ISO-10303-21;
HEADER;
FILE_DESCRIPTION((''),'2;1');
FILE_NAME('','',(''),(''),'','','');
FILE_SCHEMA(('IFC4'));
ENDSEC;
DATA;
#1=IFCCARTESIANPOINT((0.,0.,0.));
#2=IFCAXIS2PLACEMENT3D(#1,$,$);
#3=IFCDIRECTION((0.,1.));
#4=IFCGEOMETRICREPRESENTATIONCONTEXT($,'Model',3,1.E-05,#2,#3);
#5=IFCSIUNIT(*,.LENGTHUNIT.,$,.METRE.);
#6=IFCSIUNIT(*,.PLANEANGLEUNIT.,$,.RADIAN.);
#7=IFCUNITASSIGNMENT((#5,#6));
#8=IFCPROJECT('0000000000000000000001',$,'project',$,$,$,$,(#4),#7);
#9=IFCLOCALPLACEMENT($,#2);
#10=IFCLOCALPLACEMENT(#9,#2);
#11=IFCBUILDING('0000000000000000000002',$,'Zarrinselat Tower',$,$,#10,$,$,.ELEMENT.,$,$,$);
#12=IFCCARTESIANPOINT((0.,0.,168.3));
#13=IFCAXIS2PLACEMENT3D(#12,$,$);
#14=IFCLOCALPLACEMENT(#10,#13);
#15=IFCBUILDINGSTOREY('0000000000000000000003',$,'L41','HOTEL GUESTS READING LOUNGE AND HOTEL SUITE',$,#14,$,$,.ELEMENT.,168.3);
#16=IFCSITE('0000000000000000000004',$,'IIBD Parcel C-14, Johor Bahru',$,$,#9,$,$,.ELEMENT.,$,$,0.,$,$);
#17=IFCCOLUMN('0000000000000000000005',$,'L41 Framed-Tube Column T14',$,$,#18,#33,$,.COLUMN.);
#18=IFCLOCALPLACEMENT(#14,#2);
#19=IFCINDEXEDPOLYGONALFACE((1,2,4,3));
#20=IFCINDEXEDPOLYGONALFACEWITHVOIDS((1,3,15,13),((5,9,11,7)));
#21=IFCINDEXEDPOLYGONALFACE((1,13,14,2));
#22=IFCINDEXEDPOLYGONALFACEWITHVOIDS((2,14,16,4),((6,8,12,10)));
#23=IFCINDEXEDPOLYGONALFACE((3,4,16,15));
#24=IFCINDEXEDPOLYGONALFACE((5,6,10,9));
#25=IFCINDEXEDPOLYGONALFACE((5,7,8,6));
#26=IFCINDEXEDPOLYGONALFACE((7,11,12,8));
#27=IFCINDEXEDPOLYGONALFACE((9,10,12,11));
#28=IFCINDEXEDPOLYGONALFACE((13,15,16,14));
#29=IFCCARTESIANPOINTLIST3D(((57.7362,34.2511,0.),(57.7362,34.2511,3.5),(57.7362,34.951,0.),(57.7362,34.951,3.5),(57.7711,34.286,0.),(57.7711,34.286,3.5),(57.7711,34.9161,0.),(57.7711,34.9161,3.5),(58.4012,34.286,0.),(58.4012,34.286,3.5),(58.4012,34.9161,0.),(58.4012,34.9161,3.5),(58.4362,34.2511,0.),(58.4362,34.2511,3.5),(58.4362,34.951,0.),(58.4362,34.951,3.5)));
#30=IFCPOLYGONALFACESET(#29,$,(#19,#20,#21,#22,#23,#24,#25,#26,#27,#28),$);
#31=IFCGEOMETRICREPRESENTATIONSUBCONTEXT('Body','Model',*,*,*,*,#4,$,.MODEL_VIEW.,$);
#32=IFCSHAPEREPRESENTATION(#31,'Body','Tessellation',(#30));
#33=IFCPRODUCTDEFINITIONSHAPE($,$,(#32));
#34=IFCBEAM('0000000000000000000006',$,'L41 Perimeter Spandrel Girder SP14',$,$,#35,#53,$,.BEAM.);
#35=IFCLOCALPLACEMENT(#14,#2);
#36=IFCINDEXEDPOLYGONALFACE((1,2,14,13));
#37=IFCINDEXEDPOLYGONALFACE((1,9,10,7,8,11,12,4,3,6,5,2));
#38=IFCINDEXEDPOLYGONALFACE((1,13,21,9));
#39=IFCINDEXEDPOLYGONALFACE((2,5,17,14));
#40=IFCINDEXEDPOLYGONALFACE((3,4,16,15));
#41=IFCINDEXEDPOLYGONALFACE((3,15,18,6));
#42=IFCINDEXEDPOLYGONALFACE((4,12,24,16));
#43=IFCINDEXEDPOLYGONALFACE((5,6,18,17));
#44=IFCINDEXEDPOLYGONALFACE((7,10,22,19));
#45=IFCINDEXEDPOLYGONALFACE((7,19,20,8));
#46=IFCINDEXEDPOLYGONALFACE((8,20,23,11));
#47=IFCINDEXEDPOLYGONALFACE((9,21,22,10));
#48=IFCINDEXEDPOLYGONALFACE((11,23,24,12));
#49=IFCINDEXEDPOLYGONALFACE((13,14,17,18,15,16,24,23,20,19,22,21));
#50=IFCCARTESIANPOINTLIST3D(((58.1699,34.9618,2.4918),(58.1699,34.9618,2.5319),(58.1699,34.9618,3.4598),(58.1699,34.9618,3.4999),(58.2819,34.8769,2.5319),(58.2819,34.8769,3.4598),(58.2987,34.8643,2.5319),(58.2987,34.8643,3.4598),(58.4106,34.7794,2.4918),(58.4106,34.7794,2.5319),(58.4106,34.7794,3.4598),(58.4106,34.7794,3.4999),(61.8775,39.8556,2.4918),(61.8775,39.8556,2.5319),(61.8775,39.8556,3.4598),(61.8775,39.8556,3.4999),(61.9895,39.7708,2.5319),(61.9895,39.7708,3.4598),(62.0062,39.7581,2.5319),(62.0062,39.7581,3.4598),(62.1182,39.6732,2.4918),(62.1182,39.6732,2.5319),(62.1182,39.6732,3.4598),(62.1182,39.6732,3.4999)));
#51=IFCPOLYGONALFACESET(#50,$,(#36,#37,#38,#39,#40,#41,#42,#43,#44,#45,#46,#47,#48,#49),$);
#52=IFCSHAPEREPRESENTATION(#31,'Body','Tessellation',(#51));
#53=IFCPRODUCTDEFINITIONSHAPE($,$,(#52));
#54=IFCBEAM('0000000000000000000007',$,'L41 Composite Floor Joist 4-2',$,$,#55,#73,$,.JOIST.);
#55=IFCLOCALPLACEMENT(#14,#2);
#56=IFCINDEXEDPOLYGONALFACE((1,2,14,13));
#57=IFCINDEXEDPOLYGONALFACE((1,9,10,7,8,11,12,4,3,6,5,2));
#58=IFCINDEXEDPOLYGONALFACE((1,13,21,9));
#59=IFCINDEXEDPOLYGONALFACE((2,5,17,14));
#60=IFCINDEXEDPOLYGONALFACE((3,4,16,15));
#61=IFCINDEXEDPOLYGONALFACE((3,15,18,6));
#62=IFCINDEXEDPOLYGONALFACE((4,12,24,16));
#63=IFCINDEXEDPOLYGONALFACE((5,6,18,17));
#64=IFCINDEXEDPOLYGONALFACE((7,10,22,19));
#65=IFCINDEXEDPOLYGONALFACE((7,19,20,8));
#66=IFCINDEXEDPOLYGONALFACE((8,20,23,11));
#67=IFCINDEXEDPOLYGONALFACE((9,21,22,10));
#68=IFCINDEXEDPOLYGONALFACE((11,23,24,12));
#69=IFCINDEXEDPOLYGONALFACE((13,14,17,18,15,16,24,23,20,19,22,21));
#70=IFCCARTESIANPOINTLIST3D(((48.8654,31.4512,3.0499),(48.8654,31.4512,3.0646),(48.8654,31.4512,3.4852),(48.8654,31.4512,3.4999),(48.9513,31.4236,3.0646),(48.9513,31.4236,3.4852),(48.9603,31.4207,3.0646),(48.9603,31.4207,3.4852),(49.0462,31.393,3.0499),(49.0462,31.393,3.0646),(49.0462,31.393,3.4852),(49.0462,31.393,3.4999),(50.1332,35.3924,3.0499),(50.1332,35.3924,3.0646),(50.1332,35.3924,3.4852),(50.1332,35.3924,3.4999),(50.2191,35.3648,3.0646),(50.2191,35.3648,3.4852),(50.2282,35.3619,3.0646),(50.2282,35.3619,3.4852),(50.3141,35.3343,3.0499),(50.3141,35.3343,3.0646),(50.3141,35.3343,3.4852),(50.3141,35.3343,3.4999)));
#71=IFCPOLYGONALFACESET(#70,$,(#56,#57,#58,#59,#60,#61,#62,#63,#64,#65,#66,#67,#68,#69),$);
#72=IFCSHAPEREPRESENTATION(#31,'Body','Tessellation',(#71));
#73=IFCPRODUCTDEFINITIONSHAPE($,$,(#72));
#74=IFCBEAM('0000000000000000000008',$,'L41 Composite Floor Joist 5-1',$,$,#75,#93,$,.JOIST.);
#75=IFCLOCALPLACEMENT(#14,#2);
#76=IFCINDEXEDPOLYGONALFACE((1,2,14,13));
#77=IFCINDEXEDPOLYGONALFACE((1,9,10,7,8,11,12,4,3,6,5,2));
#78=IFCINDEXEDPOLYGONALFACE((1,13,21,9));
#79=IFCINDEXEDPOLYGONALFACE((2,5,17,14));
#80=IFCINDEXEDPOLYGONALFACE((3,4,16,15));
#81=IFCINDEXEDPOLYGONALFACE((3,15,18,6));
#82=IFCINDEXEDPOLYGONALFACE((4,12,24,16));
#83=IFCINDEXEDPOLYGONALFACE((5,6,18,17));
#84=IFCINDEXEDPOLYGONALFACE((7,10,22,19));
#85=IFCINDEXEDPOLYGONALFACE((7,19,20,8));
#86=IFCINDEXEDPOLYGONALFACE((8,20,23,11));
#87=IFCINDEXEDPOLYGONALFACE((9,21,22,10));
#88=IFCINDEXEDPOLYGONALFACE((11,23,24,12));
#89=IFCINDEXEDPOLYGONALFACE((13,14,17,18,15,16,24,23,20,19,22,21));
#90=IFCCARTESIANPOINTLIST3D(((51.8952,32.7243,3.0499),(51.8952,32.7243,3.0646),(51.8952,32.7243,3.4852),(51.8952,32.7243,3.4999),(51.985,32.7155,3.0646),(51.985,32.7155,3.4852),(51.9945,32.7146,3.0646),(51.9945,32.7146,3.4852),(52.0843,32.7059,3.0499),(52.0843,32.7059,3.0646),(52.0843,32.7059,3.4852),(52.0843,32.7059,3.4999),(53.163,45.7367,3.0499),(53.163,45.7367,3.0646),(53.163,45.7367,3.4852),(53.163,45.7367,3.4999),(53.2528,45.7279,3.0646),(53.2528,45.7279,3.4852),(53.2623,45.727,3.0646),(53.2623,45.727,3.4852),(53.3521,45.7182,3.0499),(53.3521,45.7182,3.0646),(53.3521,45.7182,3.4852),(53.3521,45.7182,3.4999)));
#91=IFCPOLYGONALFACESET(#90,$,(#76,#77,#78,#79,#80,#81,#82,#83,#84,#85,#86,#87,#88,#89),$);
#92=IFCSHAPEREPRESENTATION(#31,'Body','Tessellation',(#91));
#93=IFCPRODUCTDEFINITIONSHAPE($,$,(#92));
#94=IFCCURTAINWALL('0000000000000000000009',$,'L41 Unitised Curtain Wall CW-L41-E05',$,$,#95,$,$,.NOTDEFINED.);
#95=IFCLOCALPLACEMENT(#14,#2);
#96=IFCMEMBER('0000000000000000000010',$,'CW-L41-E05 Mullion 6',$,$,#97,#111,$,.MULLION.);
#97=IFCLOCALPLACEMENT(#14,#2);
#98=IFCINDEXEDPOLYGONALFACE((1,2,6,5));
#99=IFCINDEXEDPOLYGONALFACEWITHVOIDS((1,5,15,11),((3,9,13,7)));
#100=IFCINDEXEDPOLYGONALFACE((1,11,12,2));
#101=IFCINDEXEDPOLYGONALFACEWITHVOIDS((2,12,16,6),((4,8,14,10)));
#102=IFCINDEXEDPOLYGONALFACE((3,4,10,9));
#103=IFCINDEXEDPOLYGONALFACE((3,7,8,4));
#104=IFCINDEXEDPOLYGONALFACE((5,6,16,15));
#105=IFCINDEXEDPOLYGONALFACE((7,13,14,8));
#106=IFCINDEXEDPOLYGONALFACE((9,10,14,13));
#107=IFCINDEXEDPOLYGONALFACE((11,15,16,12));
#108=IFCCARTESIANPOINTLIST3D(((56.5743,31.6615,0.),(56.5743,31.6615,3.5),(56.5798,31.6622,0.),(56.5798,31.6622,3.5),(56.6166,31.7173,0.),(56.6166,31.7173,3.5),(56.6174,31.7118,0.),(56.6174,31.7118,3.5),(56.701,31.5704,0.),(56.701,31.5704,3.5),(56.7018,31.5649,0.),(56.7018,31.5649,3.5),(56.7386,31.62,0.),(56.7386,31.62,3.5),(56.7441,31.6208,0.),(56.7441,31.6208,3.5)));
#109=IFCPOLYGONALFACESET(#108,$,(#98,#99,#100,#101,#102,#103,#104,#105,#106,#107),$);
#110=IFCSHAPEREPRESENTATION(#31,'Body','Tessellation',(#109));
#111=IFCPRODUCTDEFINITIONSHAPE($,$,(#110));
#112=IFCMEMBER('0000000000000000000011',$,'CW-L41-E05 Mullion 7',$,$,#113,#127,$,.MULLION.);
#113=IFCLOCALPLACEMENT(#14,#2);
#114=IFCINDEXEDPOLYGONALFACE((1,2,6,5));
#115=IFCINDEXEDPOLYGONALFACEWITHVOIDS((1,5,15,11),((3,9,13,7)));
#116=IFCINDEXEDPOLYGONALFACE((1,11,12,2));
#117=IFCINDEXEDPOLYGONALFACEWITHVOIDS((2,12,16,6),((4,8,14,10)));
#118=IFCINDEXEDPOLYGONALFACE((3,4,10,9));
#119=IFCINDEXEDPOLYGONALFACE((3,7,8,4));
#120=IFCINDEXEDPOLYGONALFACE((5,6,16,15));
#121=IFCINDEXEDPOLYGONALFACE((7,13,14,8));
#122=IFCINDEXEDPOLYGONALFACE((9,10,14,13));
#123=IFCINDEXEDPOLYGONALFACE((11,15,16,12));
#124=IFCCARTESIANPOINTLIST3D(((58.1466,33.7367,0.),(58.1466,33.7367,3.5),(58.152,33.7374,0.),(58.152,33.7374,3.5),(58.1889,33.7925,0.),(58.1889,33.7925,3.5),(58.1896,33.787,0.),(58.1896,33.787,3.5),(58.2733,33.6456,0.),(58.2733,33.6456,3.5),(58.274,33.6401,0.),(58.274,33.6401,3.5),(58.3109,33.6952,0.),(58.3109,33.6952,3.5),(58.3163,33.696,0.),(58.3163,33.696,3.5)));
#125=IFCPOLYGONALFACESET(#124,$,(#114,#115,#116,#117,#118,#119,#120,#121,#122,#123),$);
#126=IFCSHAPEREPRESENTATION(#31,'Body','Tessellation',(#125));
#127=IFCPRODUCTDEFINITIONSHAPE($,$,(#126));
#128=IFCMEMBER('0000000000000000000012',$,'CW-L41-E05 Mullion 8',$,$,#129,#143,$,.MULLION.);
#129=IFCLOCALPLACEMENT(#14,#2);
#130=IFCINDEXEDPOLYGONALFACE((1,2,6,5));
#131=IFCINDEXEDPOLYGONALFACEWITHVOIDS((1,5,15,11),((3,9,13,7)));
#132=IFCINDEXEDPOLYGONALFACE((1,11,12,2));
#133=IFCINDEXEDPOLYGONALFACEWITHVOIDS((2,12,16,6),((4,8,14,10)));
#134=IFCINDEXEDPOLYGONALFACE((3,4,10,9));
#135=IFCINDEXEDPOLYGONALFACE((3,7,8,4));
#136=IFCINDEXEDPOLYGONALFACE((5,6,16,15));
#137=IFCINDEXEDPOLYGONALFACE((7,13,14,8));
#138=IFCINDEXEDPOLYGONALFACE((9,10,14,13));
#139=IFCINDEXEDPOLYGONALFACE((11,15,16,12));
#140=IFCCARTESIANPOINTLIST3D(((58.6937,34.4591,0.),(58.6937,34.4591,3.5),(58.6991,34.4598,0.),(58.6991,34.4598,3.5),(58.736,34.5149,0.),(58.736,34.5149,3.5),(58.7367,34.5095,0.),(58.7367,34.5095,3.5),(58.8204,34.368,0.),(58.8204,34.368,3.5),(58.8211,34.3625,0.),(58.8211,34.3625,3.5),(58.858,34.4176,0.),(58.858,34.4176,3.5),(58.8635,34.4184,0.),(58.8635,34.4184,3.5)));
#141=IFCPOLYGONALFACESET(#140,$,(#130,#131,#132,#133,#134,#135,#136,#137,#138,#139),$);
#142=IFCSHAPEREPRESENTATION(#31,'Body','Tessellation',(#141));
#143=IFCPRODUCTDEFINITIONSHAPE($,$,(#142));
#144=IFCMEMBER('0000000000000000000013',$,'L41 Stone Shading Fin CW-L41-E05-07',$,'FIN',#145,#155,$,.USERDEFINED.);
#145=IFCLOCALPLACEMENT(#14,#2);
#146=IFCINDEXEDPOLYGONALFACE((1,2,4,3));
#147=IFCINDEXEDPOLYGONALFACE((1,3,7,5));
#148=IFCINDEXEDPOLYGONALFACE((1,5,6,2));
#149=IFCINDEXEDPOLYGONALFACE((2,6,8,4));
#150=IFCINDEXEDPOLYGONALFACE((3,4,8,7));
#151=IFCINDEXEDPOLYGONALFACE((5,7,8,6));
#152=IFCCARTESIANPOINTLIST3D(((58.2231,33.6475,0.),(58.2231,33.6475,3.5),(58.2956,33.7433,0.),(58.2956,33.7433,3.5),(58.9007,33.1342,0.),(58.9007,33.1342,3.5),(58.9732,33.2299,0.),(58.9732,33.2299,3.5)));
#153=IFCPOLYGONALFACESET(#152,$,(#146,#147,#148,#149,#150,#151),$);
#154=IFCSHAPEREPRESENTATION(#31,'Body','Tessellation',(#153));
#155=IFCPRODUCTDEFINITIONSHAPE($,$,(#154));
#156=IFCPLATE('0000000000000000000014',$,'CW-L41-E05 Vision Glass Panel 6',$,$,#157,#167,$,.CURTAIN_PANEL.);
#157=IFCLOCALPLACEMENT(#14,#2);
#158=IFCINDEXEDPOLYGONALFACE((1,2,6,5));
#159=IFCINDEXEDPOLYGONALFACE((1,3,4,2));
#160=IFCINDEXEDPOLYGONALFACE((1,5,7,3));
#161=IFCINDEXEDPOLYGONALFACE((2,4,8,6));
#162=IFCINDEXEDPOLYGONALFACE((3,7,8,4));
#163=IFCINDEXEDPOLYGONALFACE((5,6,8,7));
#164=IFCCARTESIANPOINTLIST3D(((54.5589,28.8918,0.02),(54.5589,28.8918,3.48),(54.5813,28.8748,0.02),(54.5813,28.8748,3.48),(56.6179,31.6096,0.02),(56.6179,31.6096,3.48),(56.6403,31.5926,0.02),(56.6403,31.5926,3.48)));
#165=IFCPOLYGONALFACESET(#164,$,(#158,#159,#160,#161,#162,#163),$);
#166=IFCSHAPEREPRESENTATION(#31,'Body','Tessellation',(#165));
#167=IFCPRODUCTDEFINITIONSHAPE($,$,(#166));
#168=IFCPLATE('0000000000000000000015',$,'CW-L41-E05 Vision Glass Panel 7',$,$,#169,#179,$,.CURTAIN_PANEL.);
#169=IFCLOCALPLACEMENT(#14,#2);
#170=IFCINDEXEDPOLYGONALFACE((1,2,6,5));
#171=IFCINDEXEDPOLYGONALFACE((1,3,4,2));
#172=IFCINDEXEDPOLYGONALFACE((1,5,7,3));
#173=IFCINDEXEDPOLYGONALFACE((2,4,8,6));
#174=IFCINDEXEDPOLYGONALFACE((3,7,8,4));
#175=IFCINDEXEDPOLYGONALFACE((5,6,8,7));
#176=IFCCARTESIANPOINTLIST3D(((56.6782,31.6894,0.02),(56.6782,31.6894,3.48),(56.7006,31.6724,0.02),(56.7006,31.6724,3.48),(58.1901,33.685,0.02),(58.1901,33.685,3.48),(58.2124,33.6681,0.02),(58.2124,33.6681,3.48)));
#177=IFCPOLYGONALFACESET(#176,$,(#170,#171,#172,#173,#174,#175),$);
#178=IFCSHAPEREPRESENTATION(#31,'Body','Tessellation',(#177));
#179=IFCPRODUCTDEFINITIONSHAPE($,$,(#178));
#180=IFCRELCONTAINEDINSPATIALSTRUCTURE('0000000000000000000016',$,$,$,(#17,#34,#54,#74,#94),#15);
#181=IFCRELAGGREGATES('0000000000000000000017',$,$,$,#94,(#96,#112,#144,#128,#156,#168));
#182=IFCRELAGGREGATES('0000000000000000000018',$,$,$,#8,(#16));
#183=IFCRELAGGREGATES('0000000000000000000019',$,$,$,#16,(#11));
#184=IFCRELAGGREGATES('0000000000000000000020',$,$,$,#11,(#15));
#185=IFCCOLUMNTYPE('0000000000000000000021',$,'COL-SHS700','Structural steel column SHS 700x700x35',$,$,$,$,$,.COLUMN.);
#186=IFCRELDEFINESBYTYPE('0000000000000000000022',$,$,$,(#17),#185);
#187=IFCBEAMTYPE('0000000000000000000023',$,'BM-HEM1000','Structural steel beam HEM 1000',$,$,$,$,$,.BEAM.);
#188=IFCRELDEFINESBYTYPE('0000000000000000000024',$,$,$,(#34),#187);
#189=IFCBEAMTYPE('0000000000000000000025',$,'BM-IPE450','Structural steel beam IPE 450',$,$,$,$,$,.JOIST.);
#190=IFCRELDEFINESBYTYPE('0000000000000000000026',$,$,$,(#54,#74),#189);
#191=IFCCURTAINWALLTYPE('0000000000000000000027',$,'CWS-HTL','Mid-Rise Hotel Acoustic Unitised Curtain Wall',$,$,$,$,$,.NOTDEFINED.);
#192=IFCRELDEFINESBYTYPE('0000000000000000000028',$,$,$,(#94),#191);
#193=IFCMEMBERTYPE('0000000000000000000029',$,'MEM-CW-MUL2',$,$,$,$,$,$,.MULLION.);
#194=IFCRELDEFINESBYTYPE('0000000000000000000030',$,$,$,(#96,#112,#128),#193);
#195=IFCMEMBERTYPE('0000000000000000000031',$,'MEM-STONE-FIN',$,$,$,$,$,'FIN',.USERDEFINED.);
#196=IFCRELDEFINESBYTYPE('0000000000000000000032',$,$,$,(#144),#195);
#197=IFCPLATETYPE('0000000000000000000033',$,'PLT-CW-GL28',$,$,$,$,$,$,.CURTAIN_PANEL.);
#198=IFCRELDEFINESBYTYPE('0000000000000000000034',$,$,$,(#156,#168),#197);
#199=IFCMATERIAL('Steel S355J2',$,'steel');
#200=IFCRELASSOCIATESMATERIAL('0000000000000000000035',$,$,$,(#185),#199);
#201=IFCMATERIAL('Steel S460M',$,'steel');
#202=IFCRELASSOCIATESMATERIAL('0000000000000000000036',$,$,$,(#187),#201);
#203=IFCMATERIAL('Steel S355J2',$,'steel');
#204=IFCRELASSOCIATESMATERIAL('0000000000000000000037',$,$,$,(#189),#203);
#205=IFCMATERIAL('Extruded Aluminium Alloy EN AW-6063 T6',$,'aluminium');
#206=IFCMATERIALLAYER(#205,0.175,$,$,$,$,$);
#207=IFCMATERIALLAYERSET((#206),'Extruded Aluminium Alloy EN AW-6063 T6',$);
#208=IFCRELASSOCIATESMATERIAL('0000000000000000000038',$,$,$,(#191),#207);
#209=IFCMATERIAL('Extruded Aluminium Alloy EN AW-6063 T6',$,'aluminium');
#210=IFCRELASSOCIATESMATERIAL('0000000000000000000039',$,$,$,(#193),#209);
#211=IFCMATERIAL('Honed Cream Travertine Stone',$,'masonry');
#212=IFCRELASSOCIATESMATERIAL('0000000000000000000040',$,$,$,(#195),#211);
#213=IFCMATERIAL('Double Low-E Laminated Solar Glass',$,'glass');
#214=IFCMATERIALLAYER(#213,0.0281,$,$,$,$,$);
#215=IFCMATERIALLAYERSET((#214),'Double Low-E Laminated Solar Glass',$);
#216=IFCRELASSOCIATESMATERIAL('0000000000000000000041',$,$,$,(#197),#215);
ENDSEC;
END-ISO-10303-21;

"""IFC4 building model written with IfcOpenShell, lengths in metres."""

from ifc_helpers import new_model, si_unit, direction, frame, origin, origin_2d, place, context, subcontext, project, spatial, rectangle, hollow_rectangle, i_section, extrude, material, layer, layer_set, material_profile, profile_set, type_object, element, aggregate, save


model = new_model("IFC4")

# Units and contexts
model_context = context("Model", 3, precision=1e-05, world=origin(), true_north=direction((0.0, 1.0)))
body_context = subcontext(model_context, "Body", "Model", "MODEL_VIEW")
ifc_project = project(units=[si_unit("LENGTHUNIT", "METRE"), si_unit("PLANEANGLEUNIT", "RADIAN")], contexts=[model_context])

# Site, building, storey
site_placement = place(None, origin())
site = spatial("IfcSite", under=ifc_project, at=site_placement, Name="IIBD Parcel C-14, Johor Bahru", CompositionType="ELEMENT", RefElevation=0.0)
building_placement = place(site_placement, origin())
building = spatial("IfcBuilding", under=site, at=building_placement, Name="Zarrinselat Tower", CompositionType="ELEMENT")
storey_placement = place(building_placement, frame((0.0, 0.0, 168.3)))
storey = spatial("IfcBuildingStorey", under=building, at=storey_placement, Name="L41", Description="HOTEL GUESTS READING LOUNGE AND HOTEL SUITE", CompositionType="ELEMENT", Elevation=168.3)

# Column
ifc_material_1 = material(Name="Steel S355J2", Category="steel")
ifc_material_profile_1 = material_profile(ifc_material_1, hollow_rectangle(XDim=0.7, YDim=0.7, WallThickness=0.0349, at=origin_2d()), Name="SHS 700x700x35")
ifc_profile_set_1 = profile_set([ifc_material_profile_1], Name="Steel S355J2")
column_type = type_object("IfcColumnType", Name="COL-SHS700", Description="Structural steel column SHS 700x700x35", PredefinedType="COLUMN", material=ifc_profile_set_1)
column_placement = place(storey_placement, frame((58.0862, 34.6011, 0.0), z_axis=(0.0, 0.0, 1.0), x_axis=(1.0, 0.0, 0.0)))
element("IfcColumn", 1, at=column_placement, inside=storey, type_object=column_type, Name="L41 Framed-Tube Column T14", PredefinedType="COLUMN", context=body_context, shape_type="SweptSolid", body=[
    extrude(hollow_rectangle(XDim=0.7, YDim=0.7, WallThickness=0.0349, at=origin_2d()), origin(), (0.0, 0.0, 1.0), 3.5),
])

# Beams
ifc_material_2 = material(Name="Steel S460M", Category="steel")
ifc_material_profile_2 = material_profile(ifc_material_2, i_section(OverallWidth=0.302, OverallDepth=1.0081, WebThickness=0.021, FlangeThickness=0.04, at=origin_2d()), Name="HEM 1000")
ifc_profile_set_2 = profile_set([ifc_material_profile_2], Name="Steel S460M")
beam_type_1 = type_object("IfcBeamType", Name="BM-HEM1000", Description="Structural steel beam HEM 1000", PredefinedType="BEAM", material=ifc_profile_set_2)
beam_1_placement = place(storey_placement, frame((58.2903, 34.8706, 2.9958), z_axis=(0.603868, 0.797085, 0.0), x_axis=(-0.797085, 0.603868, 0.0)))
element("IfcBeam", 2, at=beam_1_placement, inside=storey, type_object=beam_type_1, Name="L41 Perimeter Spandrel Girder SP14", PredefinedType="BEAM", context=body_context, shape_type="SweptSolid", body=[
    extrude(i_section(OverallWidth=0.302, OverallDepth=1.0081, WebThickness=0.021, FlangeThickness=0.04, at=origin_2d()), origin(), (0.0, 0.0, 1.0), 6.1396),
])
ifc_material_3 = material(Name="Steel S355J2", Category="steel")
ifc_material_profile_3 = material_profile(ifc_material_3, i_section(OverallWidth=0.1899, OverallDepth=0.45, WebThickness=0.0095, FlangeThickness=0.0146, at=origin_2d()), Name="IPE 450")
ifc_profile_set_3 = profile_set([ifc_material_profile_3], Name="Steel S355J2")
beam_type_2 = type_object("IfcBeamType", Name="BM-IPE450", Description="Structural steel beam IPE 450", PredefinedType="JOIST", material=ifc_profile_set_3)
beam_2_placement = place(storey_placement, frame((48.9558, 31.4221, 3.2749), z_axis=(0.306233, 0.951957, 0.0), x_axis=(-0.951957, 0.306233, 0.0)))
element("IfcBeam", 3, at=beam_2_placement, inside=storey, type_object=beam_type_2, Name="L41 Composite Floor Joist 4-2", PredefinedType="JOIST", context=body_context, shape_type="SweptSolid", body=[
    extrude(i_section(OverallWidth=0.1899, OverallDepth=0.45, WebThickness=0.0095, FlangeThickness=0.0146, at=origin_2d()), origin(), (0.0, 0.0, 1.0), 4.1401),
])
beam_3_placement = place(storey_placement, frame((51.9897, 32.7151, 3.2749), z_axis=(0.096972, 0.995287, 0.0), x_axis=(-0.995287, 0.096972, 0.0)))
element("IfcBeam", 4, at=beam_3_placement, inside=storey, type_object=beam_type_2, Name="L41 Composite Floor Joist 5-1", PredefinedType="JOIST", context=body_context, shape_type="SweptSolid", body=[
    extrude(i_section(OverallWidth=0.1899, OverallDepth=0.45, WebThickness=0.0095, FlangeThickness=0.0146, at=origin_2d()), origin(), (0.0, 0.0, 1.0), 13.074),
])

# Curtain wall, members, plates
ifc_material_4 = material(Name="Extruded Aluminium Alloy EN AW-6063 T6", Category="aluminium")
ifc_layer_1 = layer(ifc_material_4, 0.175)
ifc_layer_set_1 = layer_set([ifc_layer_1], Name="Extruded Aluminium Alloy EN AW-6063 T6")
curtain_wall_type = type_object("IfcCurtainWallType", Name="CWS-HTL", Description="Mid-Rise Hotel Acoustic Unitised Curtain Wall", PredefinedType="NOTDEFINED", material=ifc_layer_set_1)
curtain_wall_placement = place(storey_placement, origin())
curtain_wall = element("IfcCurtainWall", 5, at=curtain_wall_placement, inside=storey, type_object=curtain_wall_type, Name="L41 Unitised Curtain Wall CW-L41-E05", PredefinedType="NOTDEFINED")
ifc_material_5 = material(Name="Extruded Aluminium Alloy EN AW-6063 T6", Category="aluminium")
ifc_material_profile_4 = material_profile(ifc_material_5, hollow_rectangle(XDim=0.0701, YDim=0.1599, WallThickness=0.0039, at=origin_2d()), Name="RHS 160x70x4")
ifc_profile_set_4 = profile_set([ifc_material_profile_4], Name="Extruded Aluminium Alloy EN AW-6063 T6")
member_type_1 = type_object("IfcMemberType", Name="MEM-CW-MUL2", PredefinedType="MULLION", material=ifc_profile_set_4)
member_1_placement = place(storey_placement, frame((56.6592, 31.6411, 0.0), z_axis=(0.0, 0.0, 1.0), x_axis=(0.603859, 0.797091, 0.0)))
member_1 = element("IfcMember", 6, at=member_1_placement, type_object=member_type_1, Name="CW-L41-E05 Mullion 6", PredefinedType="MULLION", context=body_context, shape_type="SweptSolid", body=[
    extrude(hollow_rectangle(XDim=0.0701, YDim=0.1599, WallThickness=0.0039, at=origin_2d()), origin(), (0.0, 0.0, 1.0), 3.5),
])
member_2_placement = place(storey_placement, frame((58.2314, 33.7163, 0.0), z_axis=(0.0, 0.0, 1.0), x_axis=(0.603859, 0.797091, 0.0)))
member_2 = element("IfcMember", 7, at=member_2_placement, type_object=member_type_1, Name="CW-L41-E05 Mullion 7", PredefinedType="MULLION", context=body_context, shape_type="SweptSolid", body=[
    extrude(hollow_rectangle(XDim=0.0701, YDim=0.1599, WallThickness=0.0039, at=origin_2d()), origin(), (0.0, 0.0, 1.0), 3.5),
])
member_3_placement = place(storey_placement, frame((58.7786, 34.4387, 0.0), z_axis=(0.0, 0.0, 1.0), x_axis=(0.603859, 0.797091, 0.0)))
member_3 = element("IfcMember", 8, at=member_3_placement, type_object=member_type_1, Name="CW-L41-E05 Mullion 8", PredefinedType="MULLION", context=body_context, shape_type="SweptSolid", body=[
    extrude(hollow_rectangle(XDim=0.0701, YDim=0.1599, WallThickness=0.0039, at=origin_2d()), origin(), (0.0, 0.0, 1.0), 3.5),
])
ifc_material_6 = material(Name="Honed Cream Travertine Stone", Category="masonry")
ifc_material_profile_5 = material_profile(ifc_material_6, rectangle(XDim=0.1201, YDim=0.8501, at=origin_2d()), Name="FIN 850x120")
ifc_profile_set_5 = profile_set([ifc_material_profile_5], Name="Honed Cream Travertine Stone")
member_type_2 = type_object("IfcMemberType", Name="MEM-STONE-FIN", ElementType="FIN", PredefinedType="USERDEFINED", material=ifc_profile_set_5)
member_4_placement = place(storey_placement, frame((58.5981, 33.4387, 0.0), z_axis=(0.0, 0.0, 1.0), x_axis=(-0.603859, -0.797091, 0.0)))
member_4 = element("IfcMember", 9, at=member_4_placement, type_object=member_type_2, Name="L41 Stone Shading Fin CW-L41-E05-07", ObjectType="FIN", PredefinedType="USERDEFINED", context=body_context, shape_type="SweptSolid", body=[
    extrude(rectangle(XDim=0.1201, YDim=0.8501, at=origin_2d()), origin(), (0.0, 0.0, 1.0), 3.5),
])
ifc_material_7 = material(Name="Double Low-E Laminated Solar Glass", Category="glass")
ifc_layer_2 = layer(ifc_material_7, 0.0281)
ifc_layer_set_2 = layer_set([ifc_layer_2], Name="Double Low-E Laminated Solar Glass")
plate_type = type_object("IfcPlateType", Name="PLT-CW-GL28", PredefinedType="CURTAIN_PANEL", material=ifc_layer_set_2)
plate_1_placement = place(storey_placement, frame((55.5996, 30.2422, 0.02), z_axis=(0.0, 0.0, 1.0), x_axis=(0.603859, 0.797091, 0.0)))
plate_1 = element("IfcPlate", 10, at=plate_1_placement, type_object=plate_type, Name="CW-L41-E05 Vision Glass Panel 6", PredefinedType="CURTAIN_PANEL", context=body_context, shape_type="SweptSolid", body=[
    extrude(rectangle(XDim=3.4097, YDim=0.0281, at=origin_2d()), origin(), (0.0, 0.0, 1.0), 3.46),
])
plate_2_placement = place(storey_placement, frame((57.4453, 32.6787, 0.02), z_axis=(0.0, 0.0, 1.0), x_axis=(0.603859, 0.797091, 0.0)))
plate_2 = element("IfcPlate", 11, at=plate_2_placement, type_object=plate_type, Name="CW-L41-E05 Vision Glass Panel 7", PredefinedType="CURTAIN_PANEL", context=body_context, shape_type="SweptSolid", body=[
    extrude(rectangle(XDim=2.5037, YDim=0.0281, at=origin_2d()), origin(), (0.0, 0.0, 1.0), 3.46),
])
aggregate(curtain_wall, [member_1, member_2, member_4, member_3, plate_1, plate_2])

save(model, "model.ifc")
